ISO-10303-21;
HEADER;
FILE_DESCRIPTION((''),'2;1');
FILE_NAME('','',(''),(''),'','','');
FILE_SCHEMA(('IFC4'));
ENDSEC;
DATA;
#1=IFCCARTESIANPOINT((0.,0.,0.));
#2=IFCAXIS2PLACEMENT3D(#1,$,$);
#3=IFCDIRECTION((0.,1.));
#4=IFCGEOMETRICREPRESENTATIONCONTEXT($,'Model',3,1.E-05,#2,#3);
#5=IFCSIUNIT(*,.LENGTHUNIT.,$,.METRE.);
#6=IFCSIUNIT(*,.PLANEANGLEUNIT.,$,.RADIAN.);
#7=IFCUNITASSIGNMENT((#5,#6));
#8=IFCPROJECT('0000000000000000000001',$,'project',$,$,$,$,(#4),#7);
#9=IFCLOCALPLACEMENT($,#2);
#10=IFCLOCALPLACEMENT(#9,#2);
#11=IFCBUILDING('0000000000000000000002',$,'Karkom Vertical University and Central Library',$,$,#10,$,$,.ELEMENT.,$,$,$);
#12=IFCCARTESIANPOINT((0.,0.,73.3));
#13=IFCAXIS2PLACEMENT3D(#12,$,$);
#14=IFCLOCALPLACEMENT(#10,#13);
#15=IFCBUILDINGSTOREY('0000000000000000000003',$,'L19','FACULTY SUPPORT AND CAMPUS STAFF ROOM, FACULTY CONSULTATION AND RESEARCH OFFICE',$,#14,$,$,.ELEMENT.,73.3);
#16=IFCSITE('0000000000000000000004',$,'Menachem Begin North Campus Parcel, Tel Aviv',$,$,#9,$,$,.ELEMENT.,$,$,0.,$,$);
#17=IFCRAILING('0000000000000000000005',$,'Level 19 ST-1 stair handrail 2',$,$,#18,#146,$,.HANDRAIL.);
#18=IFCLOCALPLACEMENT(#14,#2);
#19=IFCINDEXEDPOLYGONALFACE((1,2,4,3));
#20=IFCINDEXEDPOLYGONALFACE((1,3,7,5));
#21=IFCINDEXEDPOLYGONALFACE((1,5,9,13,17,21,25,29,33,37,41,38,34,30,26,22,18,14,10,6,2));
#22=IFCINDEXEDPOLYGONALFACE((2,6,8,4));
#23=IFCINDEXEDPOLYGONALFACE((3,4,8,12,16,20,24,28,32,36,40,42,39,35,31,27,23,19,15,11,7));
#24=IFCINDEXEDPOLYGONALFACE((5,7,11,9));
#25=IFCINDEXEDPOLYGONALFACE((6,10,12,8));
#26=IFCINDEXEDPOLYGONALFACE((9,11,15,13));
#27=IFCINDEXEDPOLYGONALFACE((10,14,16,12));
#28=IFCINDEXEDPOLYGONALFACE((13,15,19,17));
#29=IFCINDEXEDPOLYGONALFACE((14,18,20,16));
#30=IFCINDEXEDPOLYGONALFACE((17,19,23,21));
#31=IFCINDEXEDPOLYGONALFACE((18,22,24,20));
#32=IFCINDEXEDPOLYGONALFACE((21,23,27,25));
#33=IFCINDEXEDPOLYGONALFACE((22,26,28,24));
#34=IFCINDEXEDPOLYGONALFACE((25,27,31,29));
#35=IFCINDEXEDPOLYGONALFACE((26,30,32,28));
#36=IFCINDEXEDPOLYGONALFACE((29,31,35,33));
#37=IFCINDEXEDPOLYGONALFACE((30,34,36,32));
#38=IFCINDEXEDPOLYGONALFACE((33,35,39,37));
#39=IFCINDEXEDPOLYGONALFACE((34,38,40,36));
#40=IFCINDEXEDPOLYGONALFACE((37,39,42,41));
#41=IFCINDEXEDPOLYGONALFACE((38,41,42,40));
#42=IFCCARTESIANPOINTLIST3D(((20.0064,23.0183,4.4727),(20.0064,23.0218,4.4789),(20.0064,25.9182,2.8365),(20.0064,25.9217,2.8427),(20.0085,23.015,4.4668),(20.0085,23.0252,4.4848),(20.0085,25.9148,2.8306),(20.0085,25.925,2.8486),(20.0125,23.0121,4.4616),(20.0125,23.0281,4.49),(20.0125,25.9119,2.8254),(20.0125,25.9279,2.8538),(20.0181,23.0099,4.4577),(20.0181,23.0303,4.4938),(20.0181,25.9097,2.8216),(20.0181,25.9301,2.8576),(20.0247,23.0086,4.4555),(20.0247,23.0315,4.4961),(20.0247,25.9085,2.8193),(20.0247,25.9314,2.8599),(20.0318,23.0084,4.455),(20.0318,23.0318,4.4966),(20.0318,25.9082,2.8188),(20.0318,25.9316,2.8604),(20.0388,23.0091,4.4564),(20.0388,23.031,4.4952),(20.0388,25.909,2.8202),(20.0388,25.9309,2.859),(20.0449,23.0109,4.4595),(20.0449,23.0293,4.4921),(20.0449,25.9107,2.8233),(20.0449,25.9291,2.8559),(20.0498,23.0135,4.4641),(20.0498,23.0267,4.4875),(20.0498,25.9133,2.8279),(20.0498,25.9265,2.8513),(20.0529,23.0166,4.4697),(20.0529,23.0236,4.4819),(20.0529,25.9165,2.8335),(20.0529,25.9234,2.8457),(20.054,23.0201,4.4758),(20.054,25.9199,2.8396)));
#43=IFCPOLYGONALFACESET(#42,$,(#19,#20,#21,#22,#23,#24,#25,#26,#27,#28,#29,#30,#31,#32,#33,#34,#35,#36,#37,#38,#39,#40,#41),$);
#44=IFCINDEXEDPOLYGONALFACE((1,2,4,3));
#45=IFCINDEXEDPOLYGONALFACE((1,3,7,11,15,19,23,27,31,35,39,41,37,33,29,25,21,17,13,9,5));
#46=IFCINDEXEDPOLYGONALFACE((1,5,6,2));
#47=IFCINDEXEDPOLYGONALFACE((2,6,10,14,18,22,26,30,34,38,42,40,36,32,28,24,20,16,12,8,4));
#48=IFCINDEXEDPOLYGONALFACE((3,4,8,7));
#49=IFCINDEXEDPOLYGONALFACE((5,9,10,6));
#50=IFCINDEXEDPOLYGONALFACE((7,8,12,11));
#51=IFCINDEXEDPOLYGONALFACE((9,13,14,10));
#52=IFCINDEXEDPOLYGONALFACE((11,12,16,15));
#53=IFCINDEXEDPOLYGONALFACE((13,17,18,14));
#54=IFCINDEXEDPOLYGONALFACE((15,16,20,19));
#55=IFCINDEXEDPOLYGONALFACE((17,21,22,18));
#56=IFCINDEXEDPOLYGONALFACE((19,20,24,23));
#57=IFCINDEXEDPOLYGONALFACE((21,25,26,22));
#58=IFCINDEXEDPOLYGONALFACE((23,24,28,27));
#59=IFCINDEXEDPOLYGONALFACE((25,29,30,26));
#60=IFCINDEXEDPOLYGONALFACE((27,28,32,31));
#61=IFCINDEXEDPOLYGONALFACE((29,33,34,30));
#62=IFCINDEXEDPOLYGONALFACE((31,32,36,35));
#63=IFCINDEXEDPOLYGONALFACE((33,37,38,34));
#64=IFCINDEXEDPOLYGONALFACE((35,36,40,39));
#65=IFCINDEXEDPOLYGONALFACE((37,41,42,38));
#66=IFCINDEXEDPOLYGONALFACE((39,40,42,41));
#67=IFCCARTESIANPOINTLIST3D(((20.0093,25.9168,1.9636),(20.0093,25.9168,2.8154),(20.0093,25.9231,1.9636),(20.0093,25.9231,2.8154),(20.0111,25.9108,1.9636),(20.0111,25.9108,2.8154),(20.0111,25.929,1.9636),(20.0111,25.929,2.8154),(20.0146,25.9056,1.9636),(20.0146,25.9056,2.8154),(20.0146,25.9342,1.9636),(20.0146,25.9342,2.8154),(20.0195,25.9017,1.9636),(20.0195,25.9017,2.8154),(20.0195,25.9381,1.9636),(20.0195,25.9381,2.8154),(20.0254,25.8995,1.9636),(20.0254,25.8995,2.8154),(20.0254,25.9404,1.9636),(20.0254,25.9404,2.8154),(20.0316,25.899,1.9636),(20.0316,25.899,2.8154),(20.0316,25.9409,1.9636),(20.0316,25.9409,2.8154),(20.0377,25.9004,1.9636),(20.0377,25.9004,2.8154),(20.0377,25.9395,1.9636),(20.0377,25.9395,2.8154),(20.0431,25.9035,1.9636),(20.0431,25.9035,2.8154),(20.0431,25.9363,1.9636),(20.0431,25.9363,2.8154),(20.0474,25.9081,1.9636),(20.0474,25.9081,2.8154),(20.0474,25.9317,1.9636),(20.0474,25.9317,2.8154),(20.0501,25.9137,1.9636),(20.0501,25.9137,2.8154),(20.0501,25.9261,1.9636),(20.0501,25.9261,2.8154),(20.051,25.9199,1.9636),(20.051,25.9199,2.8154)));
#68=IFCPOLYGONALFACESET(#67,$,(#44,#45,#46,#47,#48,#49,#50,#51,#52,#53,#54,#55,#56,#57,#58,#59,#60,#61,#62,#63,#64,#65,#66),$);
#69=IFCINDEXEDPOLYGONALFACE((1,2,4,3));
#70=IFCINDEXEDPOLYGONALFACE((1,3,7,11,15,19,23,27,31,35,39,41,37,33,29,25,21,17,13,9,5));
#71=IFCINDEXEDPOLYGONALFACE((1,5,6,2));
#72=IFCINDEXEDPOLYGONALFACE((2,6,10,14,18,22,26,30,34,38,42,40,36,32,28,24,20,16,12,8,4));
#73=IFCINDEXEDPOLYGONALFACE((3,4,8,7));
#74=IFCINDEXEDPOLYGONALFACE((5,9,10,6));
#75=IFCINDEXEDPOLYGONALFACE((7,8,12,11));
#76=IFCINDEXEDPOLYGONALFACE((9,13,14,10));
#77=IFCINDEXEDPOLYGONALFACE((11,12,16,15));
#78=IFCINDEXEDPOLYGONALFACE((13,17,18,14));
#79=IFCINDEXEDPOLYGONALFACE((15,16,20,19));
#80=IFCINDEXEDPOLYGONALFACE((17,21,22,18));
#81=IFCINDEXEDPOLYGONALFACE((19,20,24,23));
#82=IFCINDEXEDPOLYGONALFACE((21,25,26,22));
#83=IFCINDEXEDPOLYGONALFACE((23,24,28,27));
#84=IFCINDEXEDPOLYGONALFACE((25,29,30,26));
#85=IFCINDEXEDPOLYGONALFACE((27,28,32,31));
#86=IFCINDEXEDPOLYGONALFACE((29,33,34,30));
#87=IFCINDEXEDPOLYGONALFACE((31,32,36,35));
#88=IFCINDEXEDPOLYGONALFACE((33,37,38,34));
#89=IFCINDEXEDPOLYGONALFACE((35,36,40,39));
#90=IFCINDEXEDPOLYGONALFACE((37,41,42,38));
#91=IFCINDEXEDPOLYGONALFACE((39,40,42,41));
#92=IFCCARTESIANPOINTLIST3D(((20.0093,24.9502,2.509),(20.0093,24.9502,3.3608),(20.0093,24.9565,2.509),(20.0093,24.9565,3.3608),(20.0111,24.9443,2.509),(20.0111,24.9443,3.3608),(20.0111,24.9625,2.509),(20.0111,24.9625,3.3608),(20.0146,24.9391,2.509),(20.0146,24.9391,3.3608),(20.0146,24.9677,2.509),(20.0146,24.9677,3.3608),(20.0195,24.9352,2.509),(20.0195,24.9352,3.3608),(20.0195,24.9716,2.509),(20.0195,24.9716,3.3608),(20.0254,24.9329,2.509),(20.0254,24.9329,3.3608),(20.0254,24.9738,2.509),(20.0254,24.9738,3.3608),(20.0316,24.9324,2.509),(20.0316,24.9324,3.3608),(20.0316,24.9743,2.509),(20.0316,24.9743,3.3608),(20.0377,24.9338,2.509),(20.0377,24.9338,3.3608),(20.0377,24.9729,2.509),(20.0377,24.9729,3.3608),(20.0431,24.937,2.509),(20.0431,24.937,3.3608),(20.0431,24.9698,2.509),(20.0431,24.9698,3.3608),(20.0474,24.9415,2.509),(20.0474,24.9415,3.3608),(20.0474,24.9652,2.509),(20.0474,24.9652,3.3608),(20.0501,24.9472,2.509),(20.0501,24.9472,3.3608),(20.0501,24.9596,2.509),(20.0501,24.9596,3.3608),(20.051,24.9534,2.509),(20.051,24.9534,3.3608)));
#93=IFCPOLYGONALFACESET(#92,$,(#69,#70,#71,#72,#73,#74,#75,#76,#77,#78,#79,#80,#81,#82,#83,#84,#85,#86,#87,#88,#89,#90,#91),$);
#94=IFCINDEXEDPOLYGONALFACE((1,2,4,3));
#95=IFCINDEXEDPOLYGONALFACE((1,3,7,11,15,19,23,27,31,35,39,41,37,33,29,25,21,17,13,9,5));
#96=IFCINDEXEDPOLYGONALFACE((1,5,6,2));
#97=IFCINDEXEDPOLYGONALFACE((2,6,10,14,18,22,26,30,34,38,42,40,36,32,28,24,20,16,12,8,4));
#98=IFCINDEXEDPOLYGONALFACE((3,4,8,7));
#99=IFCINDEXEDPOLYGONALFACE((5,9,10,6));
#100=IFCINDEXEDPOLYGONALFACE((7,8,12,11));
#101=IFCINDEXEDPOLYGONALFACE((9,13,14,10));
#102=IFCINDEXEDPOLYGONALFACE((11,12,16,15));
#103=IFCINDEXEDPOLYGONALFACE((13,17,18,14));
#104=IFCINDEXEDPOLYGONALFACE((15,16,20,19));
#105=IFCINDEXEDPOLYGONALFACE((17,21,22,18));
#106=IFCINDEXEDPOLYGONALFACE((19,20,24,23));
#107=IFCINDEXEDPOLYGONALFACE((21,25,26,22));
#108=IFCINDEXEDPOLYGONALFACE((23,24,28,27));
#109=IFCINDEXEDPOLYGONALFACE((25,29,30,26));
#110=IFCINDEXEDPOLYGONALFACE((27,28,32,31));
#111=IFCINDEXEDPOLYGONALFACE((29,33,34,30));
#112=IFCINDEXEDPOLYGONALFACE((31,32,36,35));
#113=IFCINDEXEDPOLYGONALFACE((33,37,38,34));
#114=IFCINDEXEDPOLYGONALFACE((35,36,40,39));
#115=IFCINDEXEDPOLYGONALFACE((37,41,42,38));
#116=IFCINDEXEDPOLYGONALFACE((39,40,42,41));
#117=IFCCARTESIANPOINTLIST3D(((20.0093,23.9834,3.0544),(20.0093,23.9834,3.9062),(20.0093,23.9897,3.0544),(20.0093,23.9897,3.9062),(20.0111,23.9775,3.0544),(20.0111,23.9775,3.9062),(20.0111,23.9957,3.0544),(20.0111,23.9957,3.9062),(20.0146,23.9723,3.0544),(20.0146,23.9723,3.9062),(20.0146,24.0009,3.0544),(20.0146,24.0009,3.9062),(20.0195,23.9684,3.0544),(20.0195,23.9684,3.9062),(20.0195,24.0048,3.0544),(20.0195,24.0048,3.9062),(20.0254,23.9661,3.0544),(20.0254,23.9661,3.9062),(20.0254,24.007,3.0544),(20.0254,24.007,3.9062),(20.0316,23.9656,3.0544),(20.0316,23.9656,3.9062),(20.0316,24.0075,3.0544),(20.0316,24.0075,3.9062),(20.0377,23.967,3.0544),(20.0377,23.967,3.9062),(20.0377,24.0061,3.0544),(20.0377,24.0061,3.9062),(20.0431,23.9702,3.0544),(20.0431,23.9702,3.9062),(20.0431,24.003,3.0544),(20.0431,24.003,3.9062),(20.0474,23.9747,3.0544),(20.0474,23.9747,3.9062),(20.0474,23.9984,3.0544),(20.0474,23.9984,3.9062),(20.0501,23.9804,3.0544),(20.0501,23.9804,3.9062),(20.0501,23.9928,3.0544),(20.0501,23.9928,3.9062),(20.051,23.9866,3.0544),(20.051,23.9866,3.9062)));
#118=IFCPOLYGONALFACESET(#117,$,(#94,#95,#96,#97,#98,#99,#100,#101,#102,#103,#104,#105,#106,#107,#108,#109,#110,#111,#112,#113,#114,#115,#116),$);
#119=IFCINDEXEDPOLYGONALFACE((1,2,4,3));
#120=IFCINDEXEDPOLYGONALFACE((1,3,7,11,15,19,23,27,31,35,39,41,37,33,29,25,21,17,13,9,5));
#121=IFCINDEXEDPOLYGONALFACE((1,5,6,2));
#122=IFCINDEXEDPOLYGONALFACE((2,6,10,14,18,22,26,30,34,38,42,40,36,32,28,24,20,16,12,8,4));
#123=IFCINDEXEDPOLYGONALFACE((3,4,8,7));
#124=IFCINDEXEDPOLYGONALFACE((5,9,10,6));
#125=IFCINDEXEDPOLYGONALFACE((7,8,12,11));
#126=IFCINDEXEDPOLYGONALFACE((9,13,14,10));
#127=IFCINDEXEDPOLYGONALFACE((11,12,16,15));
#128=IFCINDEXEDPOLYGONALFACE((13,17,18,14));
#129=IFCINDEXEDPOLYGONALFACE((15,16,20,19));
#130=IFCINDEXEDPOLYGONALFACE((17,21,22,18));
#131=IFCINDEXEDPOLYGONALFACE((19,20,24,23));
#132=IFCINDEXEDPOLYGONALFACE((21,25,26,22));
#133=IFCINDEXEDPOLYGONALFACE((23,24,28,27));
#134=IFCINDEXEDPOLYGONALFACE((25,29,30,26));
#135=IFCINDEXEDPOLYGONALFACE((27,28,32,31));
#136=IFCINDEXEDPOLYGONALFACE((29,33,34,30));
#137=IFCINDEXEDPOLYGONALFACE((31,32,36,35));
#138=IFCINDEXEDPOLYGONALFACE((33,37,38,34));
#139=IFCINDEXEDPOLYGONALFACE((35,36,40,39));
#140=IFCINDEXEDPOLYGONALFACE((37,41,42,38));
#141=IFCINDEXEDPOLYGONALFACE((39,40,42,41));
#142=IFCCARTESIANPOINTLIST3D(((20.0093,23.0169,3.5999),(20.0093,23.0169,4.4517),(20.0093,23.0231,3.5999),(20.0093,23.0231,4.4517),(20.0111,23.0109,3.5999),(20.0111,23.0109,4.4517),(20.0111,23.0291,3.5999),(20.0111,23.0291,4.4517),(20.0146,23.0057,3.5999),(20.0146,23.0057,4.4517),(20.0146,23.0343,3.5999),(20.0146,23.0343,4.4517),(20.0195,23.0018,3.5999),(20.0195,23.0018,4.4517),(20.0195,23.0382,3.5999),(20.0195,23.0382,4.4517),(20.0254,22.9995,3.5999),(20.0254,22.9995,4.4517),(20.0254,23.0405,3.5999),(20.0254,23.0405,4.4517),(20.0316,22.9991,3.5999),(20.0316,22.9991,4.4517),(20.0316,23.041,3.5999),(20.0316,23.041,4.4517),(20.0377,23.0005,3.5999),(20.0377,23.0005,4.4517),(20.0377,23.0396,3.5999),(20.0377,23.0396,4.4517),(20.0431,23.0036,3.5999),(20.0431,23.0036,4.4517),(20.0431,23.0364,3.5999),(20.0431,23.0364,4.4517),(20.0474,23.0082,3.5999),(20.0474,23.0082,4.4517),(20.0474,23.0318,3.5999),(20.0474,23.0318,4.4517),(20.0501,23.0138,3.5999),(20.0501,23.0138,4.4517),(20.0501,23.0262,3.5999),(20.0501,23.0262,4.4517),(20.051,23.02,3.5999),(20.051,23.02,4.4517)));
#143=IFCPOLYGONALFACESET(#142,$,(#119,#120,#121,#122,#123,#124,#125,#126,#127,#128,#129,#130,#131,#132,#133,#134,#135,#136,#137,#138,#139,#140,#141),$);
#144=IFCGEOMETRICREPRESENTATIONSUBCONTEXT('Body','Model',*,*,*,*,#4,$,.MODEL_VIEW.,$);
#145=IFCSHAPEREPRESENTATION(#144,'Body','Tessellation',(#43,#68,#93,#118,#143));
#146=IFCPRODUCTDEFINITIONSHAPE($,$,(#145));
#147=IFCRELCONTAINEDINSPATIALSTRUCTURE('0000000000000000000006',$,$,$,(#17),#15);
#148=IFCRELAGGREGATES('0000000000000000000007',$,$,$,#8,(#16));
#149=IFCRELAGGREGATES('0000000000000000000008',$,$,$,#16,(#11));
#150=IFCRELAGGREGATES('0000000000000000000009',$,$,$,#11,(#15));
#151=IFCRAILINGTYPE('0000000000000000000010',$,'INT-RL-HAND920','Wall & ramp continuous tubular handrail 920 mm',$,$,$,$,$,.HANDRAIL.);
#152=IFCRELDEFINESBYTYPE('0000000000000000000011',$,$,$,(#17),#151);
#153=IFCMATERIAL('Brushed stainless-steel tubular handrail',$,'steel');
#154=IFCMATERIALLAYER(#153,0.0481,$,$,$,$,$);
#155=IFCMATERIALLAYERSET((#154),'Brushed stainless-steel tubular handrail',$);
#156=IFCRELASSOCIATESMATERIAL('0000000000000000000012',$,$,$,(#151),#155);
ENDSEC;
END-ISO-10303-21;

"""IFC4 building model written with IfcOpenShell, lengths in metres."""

from ifc_helpers import new_model, si_unit, direction, frame, origin, origin_2d, place, context, subcontext, project, spatial, circle, extrude, material, layer, layer_set, type_object, element, save


model = new_model("IFC4")

# Units and contexts
model_context = context("Model", 3, precision=1e-05, world=origin(), true_north=direction((0.0, 1.0)))
body_context = subcontext(model_context, "Body", "Model", "MODEL_VIEW")
ifc_project = project(units=[si_unit("LENGTHUNIT", "METRE"), si_unit("PLANEANGLEUNIT", "RADIAN")], contexts=[model_context])

# Site, building, storey
site_placement = place(None, origin())
site = spatial("IfcSite", under=ifc_project, at=site_placement, Name="Menachem Begin North Campus Parcel, Tel Aviv", CompositionType="ELEMENT", RefElevation=0.0)
building_placement = place(site_placement, origin())
building = spatial("IfcBuilding", under=site, at=building_placement, Name="Karkom Vertical University and Central Library", CompositionType="ELEMENT")
storey_placement = place(building_placement, frame((0.0, 0.0, 73.3)))
storey = spatial("IfcBuildingStorey", under=building, at=storey_placement, Name="L19", Description="FACULTY SUPPORT AND CAMPUS STAFF ROOM, FACULTY CONSULTATION AND RESEARCH OFFICE", CompositionType="ELEMENT", Elevation=73.3)

# Railing
ifc_material_1 = material(Name="Brushed stainless-steel tubular handrail", Category="steel")
ifc_layer_1 = layer(ifc_material_1, 0.0481)
ifc_layer_set_1 = layer_set([ifc_layer_1], Name="Brushed stainless-steel tubular handrail")
railing_type_1 = type_object("IfcRailingType", Name="INT-RL-HAND920", Description="Wall & ramp continuous tubular handrail 920 mm", PredefinedType="HANDRAIL", material=ifc_layer_set_1)
railing_1_placement = place(storey_placement, frame((20.03, 25.9199, 1.9636)))
element("IfcRailing", 1, at=railing_1_placement, inside=storey, type_object=railing_type_1, Name="Level 19 ST-1 stair handrail 2", PredefinedType="HANDRAIL", context=body_context, shape_type="SweptSolid", body=[
    extrude(circle(Radius=0.0239, at=origin_2d()), frame((0.0, 0.0, 0.876), z_axis=(0.0, -0.870929, 0.49141), x_axis=(1.0, 0.0, 0.0)), (0.0, 0.0, 1.0), 3.3296),
    extrude(circle(Radius=0.021, at=origin_2d()), origin(), (0.0, 0.0, 1.0), 0.8518),
    extrude(circle(Radius=0.021, at=origin_2d()), frame((0.0, -0.9666, 0.5454)), (0.0, 0.0, 1.0), 0.8518),
    extrude(circle(Radius=0.021, at=origin_2d()), frame((0.0, -1.9333, 1.0908)), (0.0, 0.0, 1.0), 0.8518),
    extrude(circle(Radius=0.021, at=origin_2d()), frame((0.0, -2.8999, 1.6362)), (0.0, 0.0, 1.0), 0.8518),
])

save(model, "model.ifc")
